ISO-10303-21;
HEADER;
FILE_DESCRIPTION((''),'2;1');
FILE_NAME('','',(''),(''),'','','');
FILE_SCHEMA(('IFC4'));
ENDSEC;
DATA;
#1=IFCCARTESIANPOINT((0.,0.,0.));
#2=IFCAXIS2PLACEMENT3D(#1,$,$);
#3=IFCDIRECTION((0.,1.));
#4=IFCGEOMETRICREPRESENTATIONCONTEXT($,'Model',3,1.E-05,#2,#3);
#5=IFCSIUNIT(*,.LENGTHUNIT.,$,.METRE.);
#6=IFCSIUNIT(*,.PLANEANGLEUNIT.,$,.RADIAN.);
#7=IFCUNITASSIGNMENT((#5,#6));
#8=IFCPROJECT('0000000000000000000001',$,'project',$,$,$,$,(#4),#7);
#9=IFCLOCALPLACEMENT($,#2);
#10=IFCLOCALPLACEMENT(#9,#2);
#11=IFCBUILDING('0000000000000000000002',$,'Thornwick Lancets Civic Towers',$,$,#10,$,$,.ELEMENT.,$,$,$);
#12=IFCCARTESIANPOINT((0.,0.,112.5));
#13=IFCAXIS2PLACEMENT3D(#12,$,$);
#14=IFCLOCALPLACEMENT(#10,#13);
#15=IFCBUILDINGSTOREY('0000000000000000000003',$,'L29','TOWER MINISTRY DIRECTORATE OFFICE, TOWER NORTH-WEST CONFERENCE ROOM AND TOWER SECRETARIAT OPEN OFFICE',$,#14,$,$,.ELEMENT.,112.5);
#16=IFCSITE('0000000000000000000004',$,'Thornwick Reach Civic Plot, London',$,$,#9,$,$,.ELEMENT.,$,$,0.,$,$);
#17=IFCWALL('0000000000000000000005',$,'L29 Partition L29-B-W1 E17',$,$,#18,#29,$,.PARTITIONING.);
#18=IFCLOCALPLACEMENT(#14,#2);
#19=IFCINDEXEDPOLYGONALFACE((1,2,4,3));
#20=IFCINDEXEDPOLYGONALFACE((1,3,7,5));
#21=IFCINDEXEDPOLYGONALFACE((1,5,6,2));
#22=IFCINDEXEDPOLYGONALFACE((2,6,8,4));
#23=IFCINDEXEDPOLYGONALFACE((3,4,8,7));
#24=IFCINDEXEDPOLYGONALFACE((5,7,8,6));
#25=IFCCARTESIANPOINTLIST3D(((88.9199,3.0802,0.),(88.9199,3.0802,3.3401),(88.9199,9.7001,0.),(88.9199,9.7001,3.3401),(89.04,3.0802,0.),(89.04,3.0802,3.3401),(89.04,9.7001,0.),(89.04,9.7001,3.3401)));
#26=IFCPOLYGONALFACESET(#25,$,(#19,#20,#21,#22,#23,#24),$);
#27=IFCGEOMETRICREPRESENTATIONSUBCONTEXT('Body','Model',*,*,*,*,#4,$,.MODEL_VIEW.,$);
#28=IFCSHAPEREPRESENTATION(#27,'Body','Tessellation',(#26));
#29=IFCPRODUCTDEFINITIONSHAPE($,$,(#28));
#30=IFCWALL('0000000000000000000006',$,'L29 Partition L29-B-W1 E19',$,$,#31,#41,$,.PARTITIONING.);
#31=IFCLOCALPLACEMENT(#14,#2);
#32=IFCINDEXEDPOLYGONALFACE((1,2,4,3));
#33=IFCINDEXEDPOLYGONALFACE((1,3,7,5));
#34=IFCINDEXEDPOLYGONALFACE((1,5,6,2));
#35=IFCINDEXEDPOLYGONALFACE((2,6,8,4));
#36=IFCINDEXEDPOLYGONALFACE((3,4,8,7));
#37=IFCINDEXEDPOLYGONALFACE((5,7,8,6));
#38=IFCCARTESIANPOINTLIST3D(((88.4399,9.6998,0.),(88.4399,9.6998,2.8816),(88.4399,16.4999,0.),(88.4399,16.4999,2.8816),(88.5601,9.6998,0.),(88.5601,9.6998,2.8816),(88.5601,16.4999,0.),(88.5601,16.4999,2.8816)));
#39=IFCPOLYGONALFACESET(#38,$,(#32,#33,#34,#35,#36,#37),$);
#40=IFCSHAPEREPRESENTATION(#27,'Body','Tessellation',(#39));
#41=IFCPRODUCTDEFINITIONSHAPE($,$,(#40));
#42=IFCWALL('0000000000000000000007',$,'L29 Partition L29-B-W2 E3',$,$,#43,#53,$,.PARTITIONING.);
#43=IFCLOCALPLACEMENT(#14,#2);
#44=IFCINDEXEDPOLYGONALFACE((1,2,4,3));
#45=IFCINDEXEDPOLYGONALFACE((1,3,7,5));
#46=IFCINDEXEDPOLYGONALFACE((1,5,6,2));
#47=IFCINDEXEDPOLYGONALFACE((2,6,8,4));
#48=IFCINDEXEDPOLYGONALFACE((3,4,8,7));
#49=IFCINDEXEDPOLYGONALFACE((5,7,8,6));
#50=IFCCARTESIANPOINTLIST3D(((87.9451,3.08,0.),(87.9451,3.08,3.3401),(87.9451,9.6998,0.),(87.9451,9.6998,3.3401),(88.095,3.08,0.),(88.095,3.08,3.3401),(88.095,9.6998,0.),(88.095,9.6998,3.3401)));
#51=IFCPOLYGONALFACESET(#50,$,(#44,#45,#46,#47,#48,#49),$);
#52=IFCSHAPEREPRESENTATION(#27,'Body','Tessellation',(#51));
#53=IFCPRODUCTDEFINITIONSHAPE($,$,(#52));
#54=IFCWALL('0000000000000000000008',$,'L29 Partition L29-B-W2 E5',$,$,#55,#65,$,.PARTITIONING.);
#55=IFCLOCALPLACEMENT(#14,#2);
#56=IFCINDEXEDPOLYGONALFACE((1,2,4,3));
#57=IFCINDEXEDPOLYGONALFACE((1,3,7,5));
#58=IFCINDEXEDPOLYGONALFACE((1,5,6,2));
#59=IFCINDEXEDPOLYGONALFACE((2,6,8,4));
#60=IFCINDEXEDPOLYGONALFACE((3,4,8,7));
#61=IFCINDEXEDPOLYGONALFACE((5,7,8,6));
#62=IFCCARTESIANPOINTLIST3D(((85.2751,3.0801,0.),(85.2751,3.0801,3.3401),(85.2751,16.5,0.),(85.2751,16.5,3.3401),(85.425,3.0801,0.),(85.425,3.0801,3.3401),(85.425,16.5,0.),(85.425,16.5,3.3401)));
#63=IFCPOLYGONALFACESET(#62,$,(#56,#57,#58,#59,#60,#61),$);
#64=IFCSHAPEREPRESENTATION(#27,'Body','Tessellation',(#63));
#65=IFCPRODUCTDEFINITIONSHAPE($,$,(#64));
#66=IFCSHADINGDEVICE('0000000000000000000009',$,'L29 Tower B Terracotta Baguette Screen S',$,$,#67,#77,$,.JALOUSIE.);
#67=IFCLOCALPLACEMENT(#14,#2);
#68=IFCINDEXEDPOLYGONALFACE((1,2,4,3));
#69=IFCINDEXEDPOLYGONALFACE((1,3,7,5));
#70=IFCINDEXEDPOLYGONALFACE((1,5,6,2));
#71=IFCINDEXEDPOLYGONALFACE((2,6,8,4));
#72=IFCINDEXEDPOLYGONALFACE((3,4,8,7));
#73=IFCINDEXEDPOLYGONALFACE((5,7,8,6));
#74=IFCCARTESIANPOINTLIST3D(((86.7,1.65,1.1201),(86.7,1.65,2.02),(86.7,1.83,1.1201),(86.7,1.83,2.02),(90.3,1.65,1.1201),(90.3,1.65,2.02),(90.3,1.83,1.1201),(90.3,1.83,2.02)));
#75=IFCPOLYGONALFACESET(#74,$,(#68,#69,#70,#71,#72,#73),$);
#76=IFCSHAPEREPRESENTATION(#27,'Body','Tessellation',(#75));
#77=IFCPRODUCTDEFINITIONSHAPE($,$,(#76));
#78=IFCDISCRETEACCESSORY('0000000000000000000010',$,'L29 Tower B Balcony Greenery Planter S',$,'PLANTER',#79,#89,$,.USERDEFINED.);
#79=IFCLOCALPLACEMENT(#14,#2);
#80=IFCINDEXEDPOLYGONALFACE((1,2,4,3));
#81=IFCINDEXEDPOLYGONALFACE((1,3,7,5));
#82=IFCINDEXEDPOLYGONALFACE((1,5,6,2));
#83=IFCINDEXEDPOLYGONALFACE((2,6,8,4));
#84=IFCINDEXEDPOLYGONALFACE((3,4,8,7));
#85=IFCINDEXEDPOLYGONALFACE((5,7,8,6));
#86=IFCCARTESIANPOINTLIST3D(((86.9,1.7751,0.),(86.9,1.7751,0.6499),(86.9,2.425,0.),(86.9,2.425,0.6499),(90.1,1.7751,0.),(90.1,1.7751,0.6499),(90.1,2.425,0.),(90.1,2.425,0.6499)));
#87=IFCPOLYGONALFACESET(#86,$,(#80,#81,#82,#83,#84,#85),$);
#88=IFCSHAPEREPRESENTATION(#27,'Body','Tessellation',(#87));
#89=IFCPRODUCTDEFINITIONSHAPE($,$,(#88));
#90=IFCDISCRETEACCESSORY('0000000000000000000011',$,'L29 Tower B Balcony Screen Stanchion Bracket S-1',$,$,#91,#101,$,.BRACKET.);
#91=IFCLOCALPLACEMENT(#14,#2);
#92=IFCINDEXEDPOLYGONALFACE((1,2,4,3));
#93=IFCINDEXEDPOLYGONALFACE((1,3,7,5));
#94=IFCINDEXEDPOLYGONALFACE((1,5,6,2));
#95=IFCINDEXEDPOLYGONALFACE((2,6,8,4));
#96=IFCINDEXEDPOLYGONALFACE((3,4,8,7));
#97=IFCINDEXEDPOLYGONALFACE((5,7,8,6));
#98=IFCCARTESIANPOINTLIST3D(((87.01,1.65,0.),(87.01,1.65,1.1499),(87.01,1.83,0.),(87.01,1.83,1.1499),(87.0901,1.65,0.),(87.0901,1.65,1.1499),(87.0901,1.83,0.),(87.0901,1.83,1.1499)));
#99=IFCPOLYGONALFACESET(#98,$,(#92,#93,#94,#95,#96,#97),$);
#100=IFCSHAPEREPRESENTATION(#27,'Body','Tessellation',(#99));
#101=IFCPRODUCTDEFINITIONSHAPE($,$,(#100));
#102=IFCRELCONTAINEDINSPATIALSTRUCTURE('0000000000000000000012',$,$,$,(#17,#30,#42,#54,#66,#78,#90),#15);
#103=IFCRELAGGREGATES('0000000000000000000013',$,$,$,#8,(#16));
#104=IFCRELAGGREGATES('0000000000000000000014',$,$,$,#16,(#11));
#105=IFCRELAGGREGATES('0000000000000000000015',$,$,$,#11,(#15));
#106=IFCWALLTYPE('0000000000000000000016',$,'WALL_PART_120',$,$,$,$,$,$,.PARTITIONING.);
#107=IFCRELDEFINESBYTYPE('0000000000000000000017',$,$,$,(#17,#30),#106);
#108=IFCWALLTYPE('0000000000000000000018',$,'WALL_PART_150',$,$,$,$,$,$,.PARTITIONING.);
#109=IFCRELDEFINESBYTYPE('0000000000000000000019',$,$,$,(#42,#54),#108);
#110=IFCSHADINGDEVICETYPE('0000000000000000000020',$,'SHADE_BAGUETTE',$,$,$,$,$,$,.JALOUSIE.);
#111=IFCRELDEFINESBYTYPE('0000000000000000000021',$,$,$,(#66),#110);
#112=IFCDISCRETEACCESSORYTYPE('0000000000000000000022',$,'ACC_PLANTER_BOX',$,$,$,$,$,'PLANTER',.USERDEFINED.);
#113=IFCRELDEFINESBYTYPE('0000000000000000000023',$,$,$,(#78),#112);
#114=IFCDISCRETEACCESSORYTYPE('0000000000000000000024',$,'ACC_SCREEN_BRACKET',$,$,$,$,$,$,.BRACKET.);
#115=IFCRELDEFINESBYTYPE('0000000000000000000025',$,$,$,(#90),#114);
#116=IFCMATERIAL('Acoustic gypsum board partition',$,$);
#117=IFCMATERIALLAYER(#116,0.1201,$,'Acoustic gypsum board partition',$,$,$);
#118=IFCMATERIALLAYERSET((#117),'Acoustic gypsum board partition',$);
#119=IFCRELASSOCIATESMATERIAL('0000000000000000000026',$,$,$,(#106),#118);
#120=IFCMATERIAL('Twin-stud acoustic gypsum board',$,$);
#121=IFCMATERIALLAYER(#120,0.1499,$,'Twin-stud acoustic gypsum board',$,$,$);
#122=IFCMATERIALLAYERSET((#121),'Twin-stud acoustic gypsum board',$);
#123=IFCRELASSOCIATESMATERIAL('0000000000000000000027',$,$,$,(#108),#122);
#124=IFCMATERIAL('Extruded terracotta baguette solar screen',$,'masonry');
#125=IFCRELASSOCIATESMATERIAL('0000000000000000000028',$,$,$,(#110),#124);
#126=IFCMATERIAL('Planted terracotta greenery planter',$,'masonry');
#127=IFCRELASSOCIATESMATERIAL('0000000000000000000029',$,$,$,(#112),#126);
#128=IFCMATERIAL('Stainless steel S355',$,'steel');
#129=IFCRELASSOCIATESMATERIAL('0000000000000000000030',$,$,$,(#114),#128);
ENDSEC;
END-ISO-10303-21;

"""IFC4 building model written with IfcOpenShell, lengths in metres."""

from ifc_helpers import new_model, si_unit, direction, frame, frame_2d, origin, origin_2d, place, context, subcontext, project, spatial, rectangle, extrude, material, layer, layer_set, type_object, element, save


model = new_model("IFC4")

# Units and contexts
model_context = context("Model", 3, precision=1e-05, world=origin(), true_north=direction((0.0, 1.0)))
body_context = subcontext(model_context, "Body", "Model", "MODEL_VIEW")
ifc_project = project(units=[si_unit("LENGTHUNIT", "METRE"), si_unit("PLANEANGLEUNIT", "RADIAN")], contexts=[model_context])

# Site, building, storey
site_placement = place(None, origin())
site = spatial("IfcSite", under=ifc_project, at=site_placement, Name="Thornwick Reach Civic Plot, London", CompositionType="ELEMENT", RefElevation=0.0)
building_placement = place(site_placement, origin())
building = spatial("IfcBuilding", under=site, at=building_placement, Name="Thornwick Lancets Civic Towers", CompositionType="ELEMENT")
storey_placement = place(building_placement, frame((0.0, 0.0, 112.5)))
storey = spatial("IfcBuildingStorey", under=building, at=storey_placement, Name="L29", Description="TOWER MINISTRY DIRECTORATE OFFICE, TOWER NORTH-WEST CONFERENCE ROOM AND TOWER SECRETARIAT OPEN OFFICE", CompositionType="ELEMENT", Elevation=112.5)

# Walls
ifc_material_1 = material(Name="Acoustic gypsum board partition")
ifc_layer_1 = layer(ifc_material_1, 0.1201, Name="Acoustic gypsum board partition")
ifc_layer_set_1 = layer_set([ifc_layer_1], Name="Acoustic gypsum board partition")
wall_type_1 = type_object("IfcWallType", Name="WALL_PART_120", PredefinedType="PARTITIONING", material=ifc_layer_set_1)
for number, where, z_axis, x_axis, name in (
    (1, (88.98, 3.0801, 0.0), (0.0, 0.0, 1.0), (0.0, 1.0, 0.0), "L29 Partition L29-B-W1 E17"),
):
    element("IfcWall", number, at=place(storey_placement, frame(where, z_axis=z_axis, x_axis=x_axis)), inside=storey, type_object=wall_type_1, Name=name, PredefinedType="PARTITIONING", context=body_context, shape_type="SweptSolid", body=[
        extrude(rectangle(XDim=6.6199, YDim=0.1201, at=frame_2d((3.3101, 0.0))), origin(), (0.0, 0.0, 1.0), 3.3401),
    ])
wall_1_placement = place(storey_placement, frame((88.5, 9.7, 0.0), z_axis=(0.0, 0.0, 1.0), x_axis=(0.0, 1.0, 0.0)))
element("IfcWall", 2, at=wall_1_placement, inside=storey, type_object=wall_type_1, Name="L29 Partition L29-B-W1 E19", PredefinedType="PARTITIONING", context=body_context, shape_type="SweptSolid", body=[
    extrude(rectangle(XDim=6.8, YDim=0.1201, at=frame_2d((3.3999, 0.0))), origin(), (0.0, 0.0, 1.0), 2.8816),
])
ifc_material_2 = material(Name="Twin-stud acoustic gypsum board")
ifc_layer_2 = layer(ifc_material_2, 0.1499, Name="Twin-stud acoustic gypsum board")
ifc_layer_set_2 = layer_set([ifc_layer_2], Name="Twin-stud acoustic gypsum board")
wall_type_2 = type_object("IfcWallType", Name="WALL_PART_150", PredefinedType="PARTITIONING", material=ifc_layer_set_2)
wall_2_placement = place(storey_placement, frame((88.02, 9.7, 0.0), z_axis=(0.0, 0.0, 1.0), x_axis=(0.0, -1.0, 0.0)))
element("IfcWall", 3, at=wall_2_placement, inside=storey, type_object=wall_type_2, Name="L29 Partition L29-B-W2 E3", PredefinedType="PARTITIONING", context=body_context, shape_type="SweptSolid", body=[
    extrude(rectangle(XDim=6.6199, YDim=0.1499, at=frame_2d((3.3101, 0.0))), origin(), (0.0, 0.0, 1.0), 3.3401),
])
wall_3_placement = place(storey_placement, frame((85.3501, 3.0801, 0.0), z_axis=(0.0, 0.0, 1.0), x_axis=(0.0, 1.0, 0.0)))
element("IfcWall", 4, at=wall_3_placement, inside=storey, type_object=wall_type_2, Name="L29 Partition L29-B-W2 E5", PredefinedType="PARTITIONING", context=body_context, shape_type="SweptSolid", body=[
    extrude(rectangle(XDim=13.4199, YDim=0.1499, at=frame_2d((6.71, 0.0))), origin(), (0.0, 0.0, 1.0), 3.3401),
])

# Shading device
ifc_material_3 = material(Name="Extruded terracotta baguette solar screen", Category="masonry")
shading_device_type = type_object("IfcShadingDeviceType", Name="SHADE_BAGUETTE", PredefinedType="JALOUSIE", material=ifc_material_3)
shading_device_placement = place(storey_placement, frame((88.5, 1.74, 1.1201), z_axis=(0.0, 0.0, 1.0), x_axis=(1.0, 0.0, 0.0)))
element("IfcShadingDevice", 5, at=shading_device_placement, inside=storey, type_object=shading_device_type, Name="L29 Tower B Terracotta Baguette Screen S", PredefinedType="JALOUSIE", context=body_context, shape_type="SweptSolid", body=[
    extrude(rectangle(XDim=3.6001, YDim=0.1799, at=origin_2d()), origin(), (0.0, 0.0, 1.0), 0.8999),
])

# Discrete accessories
ifc_material_4 = material(Name="Planted terracotta greenery planter", Category="masonry")
discrete_accessory_type_1 = type_object("IfcDiscreteAccessoryType", Name="ACC_PLANTER_BOX", ElementType="PLANTER", PredefinedType="USERDEFINED", material=ifc_material_4)
discrete_accessory_1_placement = place(storey_placement, frame((88.5, 2.1001, 0.0), z_axis=(0.0, 0.0, 1.0), x_axis=(1.0, 0.0, 0.0)))
element("IfcDiscreteAccessory", 6, at=discrete_accessory_1_placement, inside=storey, type_object=discrete_accessory_type_1, Name="L29 Tower B Balcony Greenery Planter S", ObjectType="PLANTER", PredefinedType="USERDEFINED", context=body_context, shape_type="SweptSolid", body=[
    extrude(rectangle(XDim=3.2, YDim=0.6499, at=origin_2d()), origin(), (0.0, 0.0, 1.0), 0.6499),
])
ifc_material_5 = material(Name="Stainless steel S355", Category="steel")
discrete_accessory_type_2 = type_object("IfcDiscreteAccessoryType", Name="ACC_SCREEN_BRACKET", PredefinedType="BRACKET", material=ifc_material_5)
discrete_accessory_2_placement = place(storey_placement, frame((87.05, 1.74, 0.0), z_axis=(0.0, 0.0, 1.0), x_axis=(1.0, 0.0, 0.0)))
element("IfcDiscreteAccessory", 7, at=discrete_accessory_2_placement, inside=storey, type_object=discrete_accessory_type_2, Name="L29 Tower B Balcony Screen Stanchion Bracket S-1", PredefinedType="BRACKET", context=body_context, shape_type="SweptSolid", body=[
    extrude(rectangle(XDim=0.0801, YDim=0.1799, at=origin_2d()), origin(), (0.0, 0.0, 1.0), 1.1499),
])

save(model, "model.ifc")
